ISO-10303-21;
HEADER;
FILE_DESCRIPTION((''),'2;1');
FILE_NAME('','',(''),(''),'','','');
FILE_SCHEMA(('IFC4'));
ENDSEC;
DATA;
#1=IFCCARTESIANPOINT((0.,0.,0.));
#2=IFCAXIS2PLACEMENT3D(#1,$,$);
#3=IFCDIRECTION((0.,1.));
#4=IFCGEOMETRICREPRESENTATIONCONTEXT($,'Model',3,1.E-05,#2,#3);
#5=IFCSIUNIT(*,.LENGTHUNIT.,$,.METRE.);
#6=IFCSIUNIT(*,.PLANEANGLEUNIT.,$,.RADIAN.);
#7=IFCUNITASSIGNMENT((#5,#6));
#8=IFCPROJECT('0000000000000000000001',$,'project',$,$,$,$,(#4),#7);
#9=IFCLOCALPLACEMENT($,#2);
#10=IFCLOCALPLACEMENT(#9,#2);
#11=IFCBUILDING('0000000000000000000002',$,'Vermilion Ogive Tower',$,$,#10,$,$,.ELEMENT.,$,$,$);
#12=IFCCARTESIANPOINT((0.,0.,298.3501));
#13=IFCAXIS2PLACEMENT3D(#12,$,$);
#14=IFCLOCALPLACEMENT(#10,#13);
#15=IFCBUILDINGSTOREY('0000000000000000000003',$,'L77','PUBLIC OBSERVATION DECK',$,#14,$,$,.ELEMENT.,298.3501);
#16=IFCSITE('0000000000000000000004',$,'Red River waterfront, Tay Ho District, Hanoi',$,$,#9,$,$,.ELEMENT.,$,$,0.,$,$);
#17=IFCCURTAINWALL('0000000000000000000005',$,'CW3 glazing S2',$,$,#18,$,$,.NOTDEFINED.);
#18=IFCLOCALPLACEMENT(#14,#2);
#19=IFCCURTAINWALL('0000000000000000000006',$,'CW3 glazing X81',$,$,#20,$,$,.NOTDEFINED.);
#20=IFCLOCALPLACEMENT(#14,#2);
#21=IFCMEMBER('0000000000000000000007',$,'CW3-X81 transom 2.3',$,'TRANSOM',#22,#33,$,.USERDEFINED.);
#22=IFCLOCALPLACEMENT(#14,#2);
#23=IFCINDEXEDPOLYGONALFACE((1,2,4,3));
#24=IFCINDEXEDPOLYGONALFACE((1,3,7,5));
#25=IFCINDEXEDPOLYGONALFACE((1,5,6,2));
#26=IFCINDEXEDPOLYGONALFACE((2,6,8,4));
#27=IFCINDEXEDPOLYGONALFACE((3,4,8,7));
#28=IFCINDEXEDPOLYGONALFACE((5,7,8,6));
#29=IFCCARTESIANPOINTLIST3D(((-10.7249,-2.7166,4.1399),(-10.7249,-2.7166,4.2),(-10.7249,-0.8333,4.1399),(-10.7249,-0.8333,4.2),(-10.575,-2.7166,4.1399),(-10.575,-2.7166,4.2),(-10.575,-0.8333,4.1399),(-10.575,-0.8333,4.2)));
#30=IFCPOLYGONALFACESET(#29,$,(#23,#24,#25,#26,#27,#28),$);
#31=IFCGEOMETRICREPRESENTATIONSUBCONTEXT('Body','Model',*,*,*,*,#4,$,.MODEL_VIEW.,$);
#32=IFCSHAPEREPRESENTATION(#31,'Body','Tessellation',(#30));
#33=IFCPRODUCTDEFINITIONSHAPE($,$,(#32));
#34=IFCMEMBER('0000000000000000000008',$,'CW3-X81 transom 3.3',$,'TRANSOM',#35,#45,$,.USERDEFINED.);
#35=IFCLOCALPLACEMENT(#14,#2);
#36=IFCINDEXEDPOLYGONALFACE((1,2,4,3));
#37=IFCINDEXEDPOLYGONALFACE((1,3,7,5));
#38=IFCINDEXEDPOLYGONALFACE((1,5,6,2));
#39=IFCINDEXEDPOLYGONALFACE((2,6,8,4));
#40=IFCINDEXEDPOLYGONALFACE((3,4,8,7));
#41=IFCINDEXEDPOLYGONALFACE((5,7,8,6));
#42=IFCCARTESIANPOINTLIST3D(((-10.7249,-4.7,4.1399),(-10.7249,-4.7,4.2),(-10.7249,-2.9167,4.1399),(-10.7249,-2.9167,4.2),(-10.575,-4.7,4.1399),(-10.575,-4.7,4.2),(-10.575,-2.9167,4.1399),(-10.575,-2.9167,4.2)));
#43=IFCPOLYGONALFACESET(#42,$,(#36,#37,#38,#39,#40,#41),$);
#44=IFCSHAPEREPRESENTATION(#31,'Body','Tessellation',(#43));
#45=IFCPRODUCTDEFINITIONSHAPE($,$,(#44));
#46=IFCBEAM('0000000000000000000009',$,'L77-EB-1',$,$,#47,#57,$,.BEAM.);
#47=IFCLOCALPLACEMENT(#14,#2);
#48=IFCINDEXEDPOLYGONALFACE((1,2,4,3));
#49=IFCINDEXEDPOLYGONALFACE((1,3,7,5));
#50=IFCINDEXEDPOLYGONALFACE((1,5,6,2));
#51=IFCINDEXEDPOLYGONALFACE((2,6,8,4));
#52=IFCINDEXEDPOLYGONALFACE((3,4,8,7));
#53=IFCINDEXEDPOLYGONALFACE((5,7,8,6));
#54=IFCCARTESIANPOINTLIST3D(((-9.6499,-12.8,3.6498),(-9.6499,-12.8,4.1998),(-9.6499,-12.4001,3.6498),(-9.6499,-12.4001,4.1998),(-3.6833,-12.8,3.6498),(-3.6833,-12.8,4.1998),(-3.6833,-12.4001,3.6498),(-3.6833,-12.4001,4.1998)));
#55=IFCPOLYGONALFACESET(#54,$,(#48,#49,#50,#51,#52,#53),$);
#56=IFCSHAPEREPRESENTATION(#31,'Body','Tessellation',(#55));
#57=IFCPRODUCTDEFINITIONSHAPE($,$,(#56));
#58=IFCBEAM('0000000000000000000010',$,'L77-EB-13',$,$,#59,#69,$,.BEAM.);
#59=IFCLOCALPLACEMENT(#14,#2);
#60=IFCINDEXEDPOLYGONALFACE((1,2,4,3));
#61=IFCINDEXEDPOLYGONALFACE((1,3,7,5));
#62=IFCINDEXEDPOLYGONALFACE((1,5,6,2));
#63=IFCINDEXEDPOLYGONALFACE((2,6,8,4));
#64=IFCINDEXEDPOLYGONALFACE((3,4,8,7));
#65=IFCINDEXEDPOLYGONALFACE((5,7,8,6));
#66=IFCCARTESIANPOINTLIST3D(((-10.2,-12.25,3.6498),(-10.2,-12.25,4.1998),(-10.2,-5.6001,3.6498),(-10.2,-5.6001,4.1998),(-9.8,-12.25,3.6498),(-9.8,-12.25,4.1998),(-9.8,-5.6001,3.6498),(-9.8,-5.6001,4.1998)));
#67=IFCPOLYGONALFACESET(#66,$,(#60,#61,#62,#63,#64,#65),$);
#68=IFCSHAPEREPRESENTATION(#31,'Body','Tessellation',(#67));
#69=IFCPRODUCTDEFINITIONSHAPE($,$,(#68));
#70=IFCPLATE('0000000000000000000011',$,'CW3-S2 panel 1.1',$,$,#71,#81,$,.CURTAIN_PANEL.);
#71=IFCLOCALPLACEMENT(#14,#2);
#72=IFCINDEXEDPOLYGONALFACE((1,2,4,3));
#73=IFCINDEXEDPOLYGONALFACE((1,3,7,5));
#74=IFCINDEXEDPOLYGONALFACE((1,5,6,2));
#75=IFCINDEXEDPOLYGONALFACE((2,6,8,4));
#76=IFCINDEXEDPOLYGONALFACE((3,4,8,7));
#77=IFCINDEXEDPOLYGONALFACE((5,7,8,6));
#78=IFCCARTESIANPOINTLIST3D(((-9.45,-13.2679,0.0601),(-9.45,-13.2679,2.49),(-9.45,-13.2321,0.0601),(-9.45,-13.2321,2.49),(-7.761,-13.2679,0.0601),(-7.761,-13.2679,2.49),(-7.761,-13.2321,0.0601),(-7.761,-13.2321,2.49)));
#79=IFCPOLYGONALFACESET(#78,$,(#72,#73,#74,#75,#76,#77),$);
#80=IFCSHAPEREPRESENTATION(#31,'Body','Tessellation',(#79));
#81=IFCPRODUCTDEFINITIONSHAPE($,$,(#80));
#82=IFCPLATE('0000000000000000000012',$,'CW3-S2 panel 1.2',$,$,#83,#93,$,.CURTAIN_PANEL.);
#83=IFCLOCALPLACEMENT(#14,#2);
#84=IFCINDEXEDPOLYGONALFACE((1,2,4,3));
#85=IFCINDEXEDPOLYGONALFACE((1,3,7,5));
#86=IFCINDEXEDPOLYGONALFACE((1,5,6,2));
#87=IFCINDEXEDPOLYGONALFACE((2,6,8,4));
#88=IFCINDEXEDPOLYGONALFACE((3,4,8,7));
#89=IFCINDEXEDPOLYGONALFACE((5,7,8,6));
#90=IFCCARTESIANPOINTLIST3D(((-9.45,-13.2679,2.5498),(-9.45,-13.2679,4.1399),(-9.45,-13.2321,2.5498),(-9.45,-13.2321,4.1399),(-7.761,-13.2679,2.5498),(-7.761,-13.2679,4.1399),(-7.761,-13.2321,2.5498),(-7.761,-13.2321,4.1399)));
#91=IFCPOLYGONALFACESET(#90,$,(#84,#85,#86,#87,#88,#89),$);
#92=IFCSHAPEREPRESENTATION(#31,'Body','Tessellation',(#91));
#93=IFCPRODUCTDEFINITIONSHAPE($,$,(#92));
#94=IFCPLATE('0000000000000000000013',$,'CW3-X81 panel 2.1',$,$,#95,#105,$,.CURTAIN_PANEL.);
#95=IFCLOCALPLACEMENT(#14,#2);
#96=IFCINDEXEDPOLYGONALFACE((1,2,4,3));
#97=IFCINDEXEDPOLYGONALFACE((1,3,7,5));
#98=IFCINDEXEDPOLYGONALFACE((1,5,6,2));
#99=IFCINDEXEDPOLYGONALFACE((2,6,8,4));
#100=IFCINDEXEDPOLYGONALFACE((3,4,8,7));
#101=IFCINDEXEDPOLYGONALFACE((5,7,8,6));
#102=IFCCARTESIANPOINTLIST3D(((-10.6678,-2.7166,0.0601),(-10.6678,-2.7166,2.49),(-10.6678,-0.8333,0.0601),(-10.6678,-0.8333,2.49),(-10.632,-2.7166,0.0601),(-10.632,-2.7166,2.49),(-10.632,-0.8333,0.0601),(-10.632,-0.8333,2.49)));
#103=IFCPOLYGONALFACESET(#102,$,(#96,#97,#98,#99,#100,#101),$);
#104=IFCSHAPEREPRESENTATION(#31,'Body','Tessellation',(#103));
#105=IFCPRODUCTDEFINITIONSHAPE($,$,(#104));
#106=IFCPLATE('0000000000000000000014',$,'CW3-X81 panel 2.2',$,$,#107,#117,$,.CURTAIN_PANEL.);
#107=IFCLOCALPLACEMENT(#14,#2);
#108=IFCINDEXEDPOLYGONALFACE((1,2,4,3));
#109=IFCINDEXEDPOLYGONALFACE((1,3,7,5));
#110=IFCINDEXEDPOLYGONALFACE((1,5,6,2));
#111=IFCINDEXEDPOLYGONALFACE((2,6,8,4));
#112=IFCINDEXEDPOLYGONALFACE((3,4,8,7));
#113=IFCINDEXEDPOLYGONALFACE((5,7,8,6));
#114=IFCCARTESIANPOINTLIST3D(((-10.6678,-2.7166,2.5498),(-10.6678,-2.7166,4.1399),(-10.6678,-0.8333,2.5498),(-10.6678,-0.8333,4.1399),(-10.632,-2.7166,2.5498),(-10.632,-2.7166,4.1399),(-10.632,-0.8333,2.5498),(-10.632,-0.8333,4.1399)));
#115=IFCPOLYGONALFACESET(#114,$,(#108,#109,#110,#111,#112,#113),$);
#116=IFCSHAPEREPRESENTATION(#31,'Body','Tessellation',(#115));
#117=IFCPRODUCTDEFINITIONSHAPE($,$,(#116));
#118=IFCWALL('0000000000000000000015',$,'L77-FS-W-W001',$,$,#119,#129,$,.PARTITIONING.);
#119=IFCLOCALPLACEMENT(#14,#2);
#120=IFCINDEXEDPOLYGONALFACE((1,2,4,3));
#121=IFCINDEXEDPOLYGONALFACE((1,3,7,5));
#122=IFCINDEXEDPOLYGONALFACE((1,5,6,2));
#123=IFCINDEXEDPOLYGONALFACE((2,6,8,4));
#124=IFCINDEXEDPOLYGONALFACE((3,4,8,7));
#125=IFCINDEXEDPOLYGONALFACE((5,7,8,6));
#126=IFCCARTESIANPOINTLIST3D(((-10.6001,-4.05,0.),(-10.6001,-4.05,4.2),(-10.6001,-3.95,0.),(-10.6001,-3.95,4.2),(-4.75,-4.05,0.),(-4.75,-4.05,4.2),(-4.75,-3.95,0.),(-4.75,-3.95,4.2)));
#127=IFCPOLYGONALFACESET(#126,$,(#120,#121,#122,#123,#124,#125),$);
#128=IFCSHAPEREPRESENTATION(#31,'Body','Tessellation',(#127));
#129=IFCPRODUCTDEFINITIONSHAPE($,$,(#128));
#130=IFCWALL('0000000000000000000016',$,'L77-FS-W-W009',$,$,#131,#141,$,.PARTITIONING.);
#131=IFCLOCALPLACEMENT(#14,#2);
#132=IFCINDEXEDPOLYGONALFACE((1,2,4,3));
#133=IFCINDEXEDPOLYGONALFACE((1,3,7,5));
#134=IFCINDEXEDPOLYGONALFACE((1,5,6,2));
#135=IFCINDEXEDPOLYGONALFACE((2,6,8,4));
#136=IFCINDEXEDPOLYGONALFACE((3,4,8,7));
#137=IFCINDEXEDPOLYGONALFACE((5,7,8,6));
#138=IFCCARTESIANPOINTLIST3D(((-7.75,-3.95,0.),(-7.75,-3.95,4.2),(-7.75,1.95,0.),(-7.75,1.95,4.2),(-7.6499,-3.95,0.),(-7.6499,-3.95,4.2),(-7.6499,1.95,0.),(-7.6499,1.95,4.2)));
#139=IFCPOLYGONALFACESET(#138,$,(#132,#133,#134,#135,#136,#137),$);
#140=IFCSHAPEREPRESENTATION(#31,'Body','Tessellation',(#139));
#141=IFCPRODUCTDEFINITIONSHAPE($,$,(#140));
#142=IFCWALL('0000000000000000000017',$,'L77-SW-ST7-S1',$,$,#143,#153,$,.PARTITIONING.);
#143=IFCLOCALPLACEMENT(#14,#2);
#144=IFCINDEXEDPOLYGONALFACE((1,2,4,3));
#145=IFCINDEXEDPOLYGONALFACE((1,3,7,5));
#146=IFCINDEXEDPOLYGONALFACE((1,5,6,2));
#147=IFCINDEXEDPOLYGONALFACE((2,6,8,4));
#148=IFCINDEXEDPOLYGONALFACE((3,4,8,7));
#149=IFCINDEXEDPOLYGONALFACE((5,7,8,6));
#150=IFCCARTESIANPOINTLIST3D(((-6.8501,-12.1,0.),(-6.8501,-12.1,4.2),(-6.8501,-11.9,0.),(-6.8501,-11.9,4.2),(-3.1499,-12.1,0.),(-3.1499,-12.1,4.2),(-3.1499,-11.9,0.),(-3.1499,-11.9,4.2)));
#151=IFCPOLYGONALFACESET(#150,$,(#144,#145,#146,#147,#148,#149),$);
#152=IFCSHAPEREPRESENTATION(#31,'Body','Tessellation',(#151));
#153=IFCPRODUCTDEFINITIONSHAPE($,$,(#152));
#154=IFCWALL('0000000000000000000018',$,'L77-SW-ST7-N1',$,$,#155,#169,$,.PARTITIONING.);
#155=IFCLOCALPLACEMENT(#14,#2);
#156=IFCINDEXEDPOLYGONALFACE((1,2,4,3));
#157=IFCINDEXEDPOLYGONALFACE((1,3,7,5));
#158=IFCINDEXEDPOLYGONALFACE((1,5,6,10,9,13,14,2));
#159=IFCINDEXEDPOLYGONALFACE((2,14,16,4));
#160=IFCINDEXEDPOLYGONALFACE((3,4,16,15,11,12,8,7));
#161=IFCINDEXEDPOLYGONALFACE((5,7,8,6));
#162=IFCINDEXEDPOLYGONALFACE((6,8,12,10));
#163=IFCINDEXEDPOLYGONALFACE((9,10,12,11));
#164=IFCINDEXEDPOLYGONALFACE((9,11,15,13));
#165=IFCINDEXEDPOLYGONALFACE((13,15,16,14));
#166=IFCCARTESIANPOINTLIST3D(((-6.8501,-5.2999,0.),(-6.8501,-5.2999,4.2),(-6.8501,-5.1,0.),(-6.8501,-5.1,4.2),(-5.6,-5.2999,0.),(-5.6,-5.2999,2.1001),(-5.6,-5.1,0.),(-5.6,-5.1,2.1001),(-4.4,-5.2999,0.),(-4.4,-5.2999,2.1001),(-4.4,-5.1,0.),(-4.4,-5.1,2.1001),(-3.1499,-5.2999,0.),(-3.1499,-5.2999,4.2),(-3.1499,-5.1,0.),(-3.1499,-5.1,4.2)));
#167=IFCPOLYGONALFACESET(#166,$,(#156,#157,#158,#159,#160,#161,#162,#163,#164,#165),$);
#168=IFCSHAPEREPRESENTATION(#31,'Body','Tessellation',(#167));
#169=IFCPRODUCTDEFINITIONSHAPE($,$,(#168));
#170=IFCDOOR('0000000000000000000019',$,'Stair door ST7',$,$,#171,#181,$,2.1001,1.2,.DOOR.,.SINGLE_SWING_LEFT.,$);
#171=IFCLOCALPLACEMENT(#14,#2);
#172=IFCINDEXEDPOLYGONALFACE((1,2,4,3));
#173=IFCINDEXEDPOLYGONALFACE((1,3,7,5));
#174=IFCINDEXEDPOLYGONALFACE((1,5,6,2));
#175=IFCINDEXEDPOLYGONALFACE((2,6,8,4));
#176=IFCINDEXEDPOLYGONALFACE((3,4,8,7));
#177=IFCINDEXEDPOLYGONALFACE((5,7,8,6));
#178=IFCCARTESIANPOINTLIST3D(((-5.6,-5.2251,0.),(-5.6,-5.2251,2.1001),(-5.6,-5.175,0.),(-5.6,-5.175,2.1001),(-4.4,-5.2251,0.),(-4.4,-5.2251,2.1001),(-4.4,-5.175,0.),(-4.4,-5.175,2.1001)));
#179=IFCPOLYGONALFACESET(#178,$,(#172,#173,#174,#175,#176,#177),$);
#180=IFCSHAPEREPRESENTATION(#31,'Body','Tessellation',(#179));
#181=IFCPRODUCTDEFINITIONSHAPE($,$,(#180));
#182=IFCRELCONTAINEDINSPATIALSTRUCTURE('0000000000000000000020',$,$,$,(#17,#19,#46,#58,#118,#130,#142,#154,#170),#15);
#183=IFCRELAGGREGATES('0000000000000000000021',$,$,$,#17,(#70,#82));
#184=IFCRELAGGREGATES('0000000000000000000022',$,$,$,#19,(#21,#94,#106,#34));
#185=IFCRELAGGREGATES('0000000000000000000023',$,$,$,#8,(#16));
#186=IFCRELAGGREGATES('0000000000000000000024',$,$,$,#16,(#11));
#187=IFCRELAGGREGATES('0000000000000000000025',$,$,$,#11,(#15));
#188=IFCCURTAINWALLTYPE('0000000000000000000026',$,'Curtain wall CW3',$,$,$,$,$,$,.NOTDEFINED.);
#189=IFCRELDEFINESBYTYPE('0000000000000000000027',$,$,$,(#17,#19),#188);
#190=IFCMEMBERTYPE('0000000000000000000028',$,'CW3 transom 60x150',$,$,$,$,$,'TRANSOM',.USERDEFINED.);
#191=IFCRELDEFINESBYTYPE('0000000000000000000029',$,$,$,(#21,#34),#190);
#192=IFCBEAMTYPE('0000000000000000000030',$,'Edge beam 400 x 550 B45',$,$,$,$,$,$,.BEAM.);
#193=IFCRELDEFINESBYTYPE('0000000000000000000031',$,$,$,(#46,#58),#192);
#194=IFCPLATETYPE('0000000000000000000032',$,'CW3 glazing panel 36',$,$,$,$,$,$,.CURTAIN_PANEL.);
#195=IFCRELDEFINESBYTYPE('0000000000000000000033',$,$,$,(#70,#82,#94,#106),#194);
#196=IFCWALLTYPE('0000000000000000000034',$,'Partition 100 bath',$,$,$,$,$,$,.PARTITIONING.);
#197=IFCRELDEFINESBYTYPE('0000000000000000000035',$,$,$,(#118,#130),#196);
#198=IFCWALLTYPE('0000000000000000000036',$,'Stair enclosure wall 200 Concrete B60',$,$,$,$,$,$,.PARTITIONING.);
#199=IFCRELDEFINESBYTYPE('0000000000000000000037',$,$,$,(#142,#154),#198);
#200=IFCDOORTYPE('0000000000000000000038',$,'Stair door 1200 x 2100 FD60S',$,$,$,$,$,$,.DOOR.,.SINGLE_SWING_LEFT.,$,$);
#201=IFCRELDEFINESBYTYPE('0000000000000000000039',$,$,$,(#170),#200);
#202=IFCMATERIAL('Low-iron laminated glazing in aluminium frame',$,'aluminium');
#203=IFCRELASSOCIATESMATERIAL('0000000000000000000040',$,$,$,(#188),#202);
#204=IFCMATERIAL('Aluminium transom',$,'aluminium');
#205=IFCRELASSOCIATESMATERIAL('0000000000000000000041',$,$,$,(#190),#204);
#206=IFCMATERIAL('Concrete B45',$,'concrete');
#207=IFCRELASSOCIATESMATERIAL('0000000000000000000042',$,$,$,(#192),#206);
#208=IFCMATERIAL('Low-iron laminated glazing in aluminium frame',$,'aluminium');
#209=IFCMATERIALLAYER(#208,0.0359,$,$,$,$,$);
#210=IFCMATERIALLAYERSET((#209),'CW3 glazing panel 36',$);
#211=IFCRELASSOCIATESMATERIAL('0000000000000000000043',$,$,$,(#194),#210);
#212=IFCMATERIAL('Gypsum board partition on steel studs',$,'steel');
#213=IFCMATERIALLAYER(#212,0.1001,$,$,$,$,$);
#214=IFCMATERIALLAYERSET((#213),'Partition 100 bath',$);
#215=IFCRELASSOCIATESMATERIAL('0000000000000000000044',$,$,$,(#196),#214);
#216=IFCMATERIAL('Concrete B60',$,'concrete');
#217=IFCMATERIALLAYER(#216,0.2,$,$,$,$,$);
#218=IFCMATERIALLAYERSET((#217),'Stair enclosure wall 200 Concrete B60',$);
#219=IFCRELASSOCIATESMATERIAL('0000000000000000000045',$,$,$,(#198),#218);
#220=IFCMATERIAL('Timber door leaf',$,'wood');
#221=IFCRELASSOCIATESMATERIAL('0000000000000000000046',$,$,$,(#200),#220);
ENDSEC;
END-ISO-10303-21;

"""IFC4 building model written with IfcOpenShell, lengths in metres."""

from ifc_helpers import new_model, si_unit, direction, frame, frame_2d, origin, origin_2d, place, context, subcontext, project, spatial, rectangle, extrude, material, layer, layer_set, material_profile, profile_set, type_object, element, fill, aggregate, save


model = new_model("IFC4")

# Units and contexts
model_context = context("Model", 3, precision=1e-05, world=origin(), true_north=direction((0.0, 1.0)))
body_context = subcontext(model_context, "Body", "Model", "MODEL_VIEW")
ifc_project = project(units=[si_unit("LENGTHUNIT", "METRE"), si_unit("PLANEANGLEUNIT", "RADIAN")], contexts=[model_context])

# Site, building, storey
site_placement = place(None, origin())
site = spatial("IfcSite", under=ifc_project, at=site_placement, Name="Red River waterfront, Tay Ho District, Hanoi", CompositionType="ELEMENT", RefElevation=0.0)
building_placement = place(site_placement, origin())
building = spatial("IfcBuilding", under=site, at=building_placement, Name="Vermilion Ogive Tower", CompositionType="ELEMENT")
storey_placement = place(building_placement, frame((0.0, 0.0, 298.3501)))
storey = spatial("IfcBuildingStorey", under=building, at=storey_placement, Name="L77", Description="PUBLIC OBSERVATION DECK", CompositionType="ELEMENT", Elevation=298.3501)

# Curtain walls
ifc_material_1 = material(Name="Low-iron laminated glazing in aluminium frame", Category="aluminium")
curtain_wall_type = type_object("IfcCurtainWallType", Name="Curtain wall CW3", PredefinedType="NOTDEFINED", material=ifc_material_1)
curtain_wall_1_placement = place(storey_placement, origin())
curtain_wall_1 = element("IfcCurtainWall", 1, at=curtain_wall_1_placement, inside=storey, type_object=curtain_wall_type, Name="CW3 glazing S2", PredefinedType="NOTDEFINED")
curtain_wall_2_placement = place(storey_placement, origin())
curtain_wall_2 = element("IfcCurtainWall", 2, at=curtain_wall_2_placement, inside=storey, type_object=curtain_wall_type, Name="CW3 glazing X81", PredefinedType="NOTDEFINED")

# Members
ifc_material_2 = material(Name="Aluminium transom", Category="aluminium")
ifc_material_profile_1 = material_profile(ifc_material_2, rectangle(XDim=0.1499, YDim=0.0601, at=origin_2d()), Name="AL 60x150")
ifc_profile_set_1 = profile_set([ifc_material_profile_1], Name="Aluminium transom")
member_type_1 = type_object("IfcMemberType", Name="CW3 transom 60x150", ElementType="TRANSOM", PredefinedType="USERDEFINED", material=ifc_profile_set_1)
member_1_placement = place(storey_placement, frame((-10.6499, -0.8333, 4.1699), z_axis=(0.0, -1.0, 0.0), x_axis=(1.0, 0.0, 0.0)))
member_1 = element("IfcMember", 3, at=member_1_placement, type_object=member_type_1, Name="CW3-X81 transom 2.3", ObjectType="TRANSOM", PredefinedType="USERDEFINED", context=body_context, shape_type="SweptSolid", body=[
    extrude(rectangle(XDim=0.1499, YDim=0.0601, at=origin_2d()), origin(), (0.0, 0.0, 1.0), 1.8833),
])
member_2_placement = place(storey_placement, frame((-10.6499, -2.9167, 4.1699), z_axis=(0.0, -1.0, 0.0), x_axis=(1.0, 0.0, 0.0)))
member_2 = element("IfcMember", 4, at=member_2_placement, type_object=member_type_1, Name="CW3-X81 transom 3.3", ObjectType="TRANSOM", PredefinedType="USERDEFINED", context=body_context, shape_type="SweptSolid", body=[
    extrude(rectangle(XDim=0.1499, YDim=0.0601, at=origin_2d()), origin(), (0.0, 0.0, 1.0), 1.7832),
])

# Beams
ifc_material_3 = material(Name="Concrete B45", Category="concrete")
ifc_material_profile_2 = material_profile(ifc_material_3, rectangle(XDim=0.3999, YDim=0.55, at=origin_2d()), Name="400 x 550")
ifc_profile_set_2 = profile_set([ifc_material_profile_2], Name="Concrete B45")
beam_type = type_object("IfcBeamType", Name="Edge beam 400 x 550 B45", PredefinedType="BEAM", material=ifc_profile_set_2)
beam_1_placement = place(storey_placement, frame((-9.6499, -12.6001, 3.9248), z_axis=(1.0, 0.0, 0.0), x_axis=(0.0, 1.0, 0.0)))
element("IfcBeam", 5, at=beam_1_placement, inside=storey, type_object=beam_type, Name="L77-EB-1", PredefinedType="BEAM", context=body_context, shape_type="SweptSolid", body=[
    extrude(rectangle(XDim=0.3999, YDim=0.55, at=origin_2d()), origin(), (0.0, 0.0, 1.0), 5.9666),
])
beam_2_placement = place(storey_placement, frame((-10.0, -5.6001, 3.9248), z_axis=(0.0, -1.0, 0.0), x_axis=(1.0, 0.0, 0.0)))
element("IfcBeam", 6, at=beam_2_placement, inside=storey, type_object=beam_type, Name="L77-EB-13", PredefinedType="BEAM", context=body_context, shape_type="SweptSolid", body=[
    extrude(rectangle(XDim=0.3999, YDim=0.55, at=origin_2d()), origin(), (0.0, 0.0, 1.0), 6.6499),
])

# Plates
ifc_material_4 = material(Name="Low-iron laminated glazing in aluminium frame", Category="aluminium")
ifc_layer_1 = layer(ifc_material_4, 0.0359)
ifc_layer_set_1 = layer_set([ifc_layer_1], Name="CW3 glazing panel 36")
plate_type = type_object("IfcPlateType", Name="CW3 glazing panel 36", PredefinedType="CURTAIN_PANEL", material=ifc_layer_set_1)
plate_1_placement = place(storey_placement, frame((-8.6055, -13.25, 0.0601), z_axis=(0.0, 0.0, 1.0), x_axis=(1.0, 0.0, 0.0)))
plate_1 = element("IfcPlate", 7, at=plate_1_placement, type_object=plate_type, Name="CW3-S2 panel 1.1", PredefinedType="CURTAIN_PANEL", context=body_context, shape_type="SweptSolid", body=[
    extrude(rectangle(XDim=1.689, YDim=0.0359, at=origin_2d()), origin(), (0.0, 0.0, 1.0), 2.4299),
])
plate_2_placement = place(storey_placement, frame((-8.6055, -13.25, 2.5498), z_axis=(0.0, 0.0, 1.0), x_axis=(1.0, 0.0, 0.0)))
plate_2 = element("IfcPlate", 8, at=plate_2_placement, type_object=plate_type, Name="CW3-S2 panel 1.2", PredefinedType="CURTAIN_PANEL", context=body_context, shape_type="SweptSolid", body=[
    extrude(rectangle(XDim=1.689, YDim=0.0359, at=origin_2d()), origin(), (0.0, 0.0, 1.0), 1.5901),
])
aggregate(curtain_wall_1, [plate_1, plate_2])
plate_3_placement = place(storey_placement, frame((-10.6499, -1.7749, 0.0601), z_axis=(0.0, 0.0, 1.0), x_axis=(0.0, -1.0, 0.0)))
plate_3 = element("IfcPlate", 9, at=plate_3_placement, type_object=plate_type, Name="CW3-X81 panel 2.1", PredefinedType="CURTAIN_PANEL", context=body_context, shape_type="SweptSolid", body=[
    extrude(rectangle(XDim=1.8833, YDim=0.0359, at=origin_2d()), origin(), (0.0, 0.0, 1.0), 2.4299),
])
plate_4_placement = place(storey_placement, frame((-10.6499, -1.7749, 2.5498), z_axis=(0.0, 0.0, 1.0), x_axis=(0.0, -1.0, 0.0)))
plate_4 = element("IfcPlate", 10, at=plate_4_placement, type_object=plate_type, Name="CW3-X81 panel 2.2", PredefinedType="CURTAIN_PANEL", context=body_context, shape_type="SweptSolid", body=[
    extrude(rectangle(XDim=1.8833, YDim=0.0359, at=origin_2d()), origin(), (0.0, 0.0, 1.0), 1.5901),
])
aggregate(curtain_wall_2, [member_1, plate_3, plate_4, member_2])

# Walls
ifc_material_5 = material(Name="Gypsum board partition on steel studs", Category="steel")
ifc_layer_2 = layer(ifc_material_5, 0.1001)
ifc_layer_set_2 = layer_set([ifc_layer_2], Name="Partition 100 bath")
wall_type_1 = type_object("IfcWallType", Name="Partition 100 bath", PredefinedType="PARTITIONING", material=ifc_layer_set_2)
wall_1_placement = place(storey_placement, frame((-10.6001, -4.0, 0.0), z_axis=(0.0, 0.0, 1.0), x_axis=(1.0, 0.0, 0.0)))
element("IfcWall", 11, at=wall_1_placement, inside=storey, type_object=wall_type_1, Name="L77-FS-W-W001", PredefinedType="PARTITIONING", context=body_context, shape_type="SweptSolid", body=[
    extrude(rectangle(XDim=5.8501, YDim=0.1001, at=frame_2d((2.925, 0.0))), origin(), (0.0, 0.0, 1.0), 4.2),
])
wall_2_placement = place(storey_placement, frame((-7.7, -3.95, 0.0), z_axis=(0.0, 0.0, 1.0), x_axis=(0.0, 1.0, 0.0)))
element("IfcWall", 12, at=wall_2_placement, inside=storey, type_object=wall_type_1, Name="L77-FS-W-W009", PredefinedType="PARTITIONING", context=body_context, shape_type="SweptSolid", body=[
    extrude(rectangle(XDim=5.8999, YDim=0.1001, at=frame_2d((2.95, 0.0))), origin(), (0.0, 0.0, 1.0), 4.2),
])
ifc_material_6 = material(Name="Concrete B60", Category="concrete")
ifc_layer_3 = layer(ifc_material_6, 0.2)
ifc_layer_set_3 = layer_set([ifc_layer_3], Name="Stair enclosure wall 200 Concrete B60")
wall_type_2 = type_object("IfcWallType", Name="Stair enclosure wall 200 Concrete B60", PredefinedType="PARTITIONING", material=ifc_layer_set_3)
wall_3_placement = place(storey_placement, frame((-6.8501, -12.0, 0.0), z_axis=(0.0, 0.0, 1.0), x_axis=(1.0, 0.0, 0.0)))
element("IfcWall", 13, at=wall_3_placement, inside=storey, type_object=wall_type_2, Name="L77-SW-ST7-S1", PredefinedType="PARTITIONING", context=body_context, shape_type="SweptSolid", body=[
    extrude(rectangle(XDim=3.7002, YDim=0.2, at=frame_2d((1.8501, 0.0))), origin(), (0.0, 0.0, 1.0), 4.2),
])

# Wall, opening, door
wall_4_placement = place(storey_placement, frame((-6.8501, -5.2, 0.0), z_axis=(0.0, 0.0, 1.0), x_axis=(1.0, 0.0, 0.0)))
wall_4 = element("IfcWall", 14, at=wall_4_placement, inside=storey, type_object=wall_type_2, Name="L77-SW-ST7-N1", PredefinedType="PARTITIONING", context=body_context, shape_type="SweptSolid", body=[
    extrude(rectangle(XDim=3.7002, YDim=0.2, at=frame_2d((1.8501, 0.0))), origin(), (0.0, 0.0, 1.0), 4.2),
])
opening_placement = place(wall_4_placement, frame((1.25, 0.0, 0.0)))
opening = element("IfcOpeningElement", 15, at=opening_placement, cuts=wall_4, PredefinedType="OPENING", context=body_context, shape_type="SweptSolid", body=[
    extrude(rectangle(XDim=1.2, YDim=2.1001, at=frame_2d((0.6001, 1.05))), frame((0.0, 0.1099, 0.0), z_axis=(0.0, -1.0, 0.0), x_axis=(1.0, 0.0, 0.0)), (0.0, 0.0, 1.0), 0.22),
])
ifc_material_7 = material(Name="Timber door leaf", Category="wood")
door_type = type_object("IfcDoorType", Name="Stair door 1200 x 2100 FD60S", OperationType="SINGLE_SWING_LEFT", PredefinedType="DOOR", material=ifc_material_7)
door_placement = place(opening_placement, origin())
door = element("IfcDoor", 16, at=door_placement, inside=storey, type_object=door_type, Name="Stair door ST7", OperationType="SINGLE_SWING_LEFT", OverallHeight=2.1001, OverallWidth=1.2, PredefinedType="DOOR", context=body_context, shape_type="SweptSolid", body=[
    extrude(rectangle(XDim=1.2, YDim=2.1001, at=frame_2d((0.6001, 1.05))), frame((0.0, 0.0249, 0.0), z_axis=(0.0, -1.0, 0.0), x_axis=(1.0, 0.0, 0.0)), (0.0, 0.0, 1.0), 0.05),
])
fill(opening, door)

save(model, "model.ifc")
